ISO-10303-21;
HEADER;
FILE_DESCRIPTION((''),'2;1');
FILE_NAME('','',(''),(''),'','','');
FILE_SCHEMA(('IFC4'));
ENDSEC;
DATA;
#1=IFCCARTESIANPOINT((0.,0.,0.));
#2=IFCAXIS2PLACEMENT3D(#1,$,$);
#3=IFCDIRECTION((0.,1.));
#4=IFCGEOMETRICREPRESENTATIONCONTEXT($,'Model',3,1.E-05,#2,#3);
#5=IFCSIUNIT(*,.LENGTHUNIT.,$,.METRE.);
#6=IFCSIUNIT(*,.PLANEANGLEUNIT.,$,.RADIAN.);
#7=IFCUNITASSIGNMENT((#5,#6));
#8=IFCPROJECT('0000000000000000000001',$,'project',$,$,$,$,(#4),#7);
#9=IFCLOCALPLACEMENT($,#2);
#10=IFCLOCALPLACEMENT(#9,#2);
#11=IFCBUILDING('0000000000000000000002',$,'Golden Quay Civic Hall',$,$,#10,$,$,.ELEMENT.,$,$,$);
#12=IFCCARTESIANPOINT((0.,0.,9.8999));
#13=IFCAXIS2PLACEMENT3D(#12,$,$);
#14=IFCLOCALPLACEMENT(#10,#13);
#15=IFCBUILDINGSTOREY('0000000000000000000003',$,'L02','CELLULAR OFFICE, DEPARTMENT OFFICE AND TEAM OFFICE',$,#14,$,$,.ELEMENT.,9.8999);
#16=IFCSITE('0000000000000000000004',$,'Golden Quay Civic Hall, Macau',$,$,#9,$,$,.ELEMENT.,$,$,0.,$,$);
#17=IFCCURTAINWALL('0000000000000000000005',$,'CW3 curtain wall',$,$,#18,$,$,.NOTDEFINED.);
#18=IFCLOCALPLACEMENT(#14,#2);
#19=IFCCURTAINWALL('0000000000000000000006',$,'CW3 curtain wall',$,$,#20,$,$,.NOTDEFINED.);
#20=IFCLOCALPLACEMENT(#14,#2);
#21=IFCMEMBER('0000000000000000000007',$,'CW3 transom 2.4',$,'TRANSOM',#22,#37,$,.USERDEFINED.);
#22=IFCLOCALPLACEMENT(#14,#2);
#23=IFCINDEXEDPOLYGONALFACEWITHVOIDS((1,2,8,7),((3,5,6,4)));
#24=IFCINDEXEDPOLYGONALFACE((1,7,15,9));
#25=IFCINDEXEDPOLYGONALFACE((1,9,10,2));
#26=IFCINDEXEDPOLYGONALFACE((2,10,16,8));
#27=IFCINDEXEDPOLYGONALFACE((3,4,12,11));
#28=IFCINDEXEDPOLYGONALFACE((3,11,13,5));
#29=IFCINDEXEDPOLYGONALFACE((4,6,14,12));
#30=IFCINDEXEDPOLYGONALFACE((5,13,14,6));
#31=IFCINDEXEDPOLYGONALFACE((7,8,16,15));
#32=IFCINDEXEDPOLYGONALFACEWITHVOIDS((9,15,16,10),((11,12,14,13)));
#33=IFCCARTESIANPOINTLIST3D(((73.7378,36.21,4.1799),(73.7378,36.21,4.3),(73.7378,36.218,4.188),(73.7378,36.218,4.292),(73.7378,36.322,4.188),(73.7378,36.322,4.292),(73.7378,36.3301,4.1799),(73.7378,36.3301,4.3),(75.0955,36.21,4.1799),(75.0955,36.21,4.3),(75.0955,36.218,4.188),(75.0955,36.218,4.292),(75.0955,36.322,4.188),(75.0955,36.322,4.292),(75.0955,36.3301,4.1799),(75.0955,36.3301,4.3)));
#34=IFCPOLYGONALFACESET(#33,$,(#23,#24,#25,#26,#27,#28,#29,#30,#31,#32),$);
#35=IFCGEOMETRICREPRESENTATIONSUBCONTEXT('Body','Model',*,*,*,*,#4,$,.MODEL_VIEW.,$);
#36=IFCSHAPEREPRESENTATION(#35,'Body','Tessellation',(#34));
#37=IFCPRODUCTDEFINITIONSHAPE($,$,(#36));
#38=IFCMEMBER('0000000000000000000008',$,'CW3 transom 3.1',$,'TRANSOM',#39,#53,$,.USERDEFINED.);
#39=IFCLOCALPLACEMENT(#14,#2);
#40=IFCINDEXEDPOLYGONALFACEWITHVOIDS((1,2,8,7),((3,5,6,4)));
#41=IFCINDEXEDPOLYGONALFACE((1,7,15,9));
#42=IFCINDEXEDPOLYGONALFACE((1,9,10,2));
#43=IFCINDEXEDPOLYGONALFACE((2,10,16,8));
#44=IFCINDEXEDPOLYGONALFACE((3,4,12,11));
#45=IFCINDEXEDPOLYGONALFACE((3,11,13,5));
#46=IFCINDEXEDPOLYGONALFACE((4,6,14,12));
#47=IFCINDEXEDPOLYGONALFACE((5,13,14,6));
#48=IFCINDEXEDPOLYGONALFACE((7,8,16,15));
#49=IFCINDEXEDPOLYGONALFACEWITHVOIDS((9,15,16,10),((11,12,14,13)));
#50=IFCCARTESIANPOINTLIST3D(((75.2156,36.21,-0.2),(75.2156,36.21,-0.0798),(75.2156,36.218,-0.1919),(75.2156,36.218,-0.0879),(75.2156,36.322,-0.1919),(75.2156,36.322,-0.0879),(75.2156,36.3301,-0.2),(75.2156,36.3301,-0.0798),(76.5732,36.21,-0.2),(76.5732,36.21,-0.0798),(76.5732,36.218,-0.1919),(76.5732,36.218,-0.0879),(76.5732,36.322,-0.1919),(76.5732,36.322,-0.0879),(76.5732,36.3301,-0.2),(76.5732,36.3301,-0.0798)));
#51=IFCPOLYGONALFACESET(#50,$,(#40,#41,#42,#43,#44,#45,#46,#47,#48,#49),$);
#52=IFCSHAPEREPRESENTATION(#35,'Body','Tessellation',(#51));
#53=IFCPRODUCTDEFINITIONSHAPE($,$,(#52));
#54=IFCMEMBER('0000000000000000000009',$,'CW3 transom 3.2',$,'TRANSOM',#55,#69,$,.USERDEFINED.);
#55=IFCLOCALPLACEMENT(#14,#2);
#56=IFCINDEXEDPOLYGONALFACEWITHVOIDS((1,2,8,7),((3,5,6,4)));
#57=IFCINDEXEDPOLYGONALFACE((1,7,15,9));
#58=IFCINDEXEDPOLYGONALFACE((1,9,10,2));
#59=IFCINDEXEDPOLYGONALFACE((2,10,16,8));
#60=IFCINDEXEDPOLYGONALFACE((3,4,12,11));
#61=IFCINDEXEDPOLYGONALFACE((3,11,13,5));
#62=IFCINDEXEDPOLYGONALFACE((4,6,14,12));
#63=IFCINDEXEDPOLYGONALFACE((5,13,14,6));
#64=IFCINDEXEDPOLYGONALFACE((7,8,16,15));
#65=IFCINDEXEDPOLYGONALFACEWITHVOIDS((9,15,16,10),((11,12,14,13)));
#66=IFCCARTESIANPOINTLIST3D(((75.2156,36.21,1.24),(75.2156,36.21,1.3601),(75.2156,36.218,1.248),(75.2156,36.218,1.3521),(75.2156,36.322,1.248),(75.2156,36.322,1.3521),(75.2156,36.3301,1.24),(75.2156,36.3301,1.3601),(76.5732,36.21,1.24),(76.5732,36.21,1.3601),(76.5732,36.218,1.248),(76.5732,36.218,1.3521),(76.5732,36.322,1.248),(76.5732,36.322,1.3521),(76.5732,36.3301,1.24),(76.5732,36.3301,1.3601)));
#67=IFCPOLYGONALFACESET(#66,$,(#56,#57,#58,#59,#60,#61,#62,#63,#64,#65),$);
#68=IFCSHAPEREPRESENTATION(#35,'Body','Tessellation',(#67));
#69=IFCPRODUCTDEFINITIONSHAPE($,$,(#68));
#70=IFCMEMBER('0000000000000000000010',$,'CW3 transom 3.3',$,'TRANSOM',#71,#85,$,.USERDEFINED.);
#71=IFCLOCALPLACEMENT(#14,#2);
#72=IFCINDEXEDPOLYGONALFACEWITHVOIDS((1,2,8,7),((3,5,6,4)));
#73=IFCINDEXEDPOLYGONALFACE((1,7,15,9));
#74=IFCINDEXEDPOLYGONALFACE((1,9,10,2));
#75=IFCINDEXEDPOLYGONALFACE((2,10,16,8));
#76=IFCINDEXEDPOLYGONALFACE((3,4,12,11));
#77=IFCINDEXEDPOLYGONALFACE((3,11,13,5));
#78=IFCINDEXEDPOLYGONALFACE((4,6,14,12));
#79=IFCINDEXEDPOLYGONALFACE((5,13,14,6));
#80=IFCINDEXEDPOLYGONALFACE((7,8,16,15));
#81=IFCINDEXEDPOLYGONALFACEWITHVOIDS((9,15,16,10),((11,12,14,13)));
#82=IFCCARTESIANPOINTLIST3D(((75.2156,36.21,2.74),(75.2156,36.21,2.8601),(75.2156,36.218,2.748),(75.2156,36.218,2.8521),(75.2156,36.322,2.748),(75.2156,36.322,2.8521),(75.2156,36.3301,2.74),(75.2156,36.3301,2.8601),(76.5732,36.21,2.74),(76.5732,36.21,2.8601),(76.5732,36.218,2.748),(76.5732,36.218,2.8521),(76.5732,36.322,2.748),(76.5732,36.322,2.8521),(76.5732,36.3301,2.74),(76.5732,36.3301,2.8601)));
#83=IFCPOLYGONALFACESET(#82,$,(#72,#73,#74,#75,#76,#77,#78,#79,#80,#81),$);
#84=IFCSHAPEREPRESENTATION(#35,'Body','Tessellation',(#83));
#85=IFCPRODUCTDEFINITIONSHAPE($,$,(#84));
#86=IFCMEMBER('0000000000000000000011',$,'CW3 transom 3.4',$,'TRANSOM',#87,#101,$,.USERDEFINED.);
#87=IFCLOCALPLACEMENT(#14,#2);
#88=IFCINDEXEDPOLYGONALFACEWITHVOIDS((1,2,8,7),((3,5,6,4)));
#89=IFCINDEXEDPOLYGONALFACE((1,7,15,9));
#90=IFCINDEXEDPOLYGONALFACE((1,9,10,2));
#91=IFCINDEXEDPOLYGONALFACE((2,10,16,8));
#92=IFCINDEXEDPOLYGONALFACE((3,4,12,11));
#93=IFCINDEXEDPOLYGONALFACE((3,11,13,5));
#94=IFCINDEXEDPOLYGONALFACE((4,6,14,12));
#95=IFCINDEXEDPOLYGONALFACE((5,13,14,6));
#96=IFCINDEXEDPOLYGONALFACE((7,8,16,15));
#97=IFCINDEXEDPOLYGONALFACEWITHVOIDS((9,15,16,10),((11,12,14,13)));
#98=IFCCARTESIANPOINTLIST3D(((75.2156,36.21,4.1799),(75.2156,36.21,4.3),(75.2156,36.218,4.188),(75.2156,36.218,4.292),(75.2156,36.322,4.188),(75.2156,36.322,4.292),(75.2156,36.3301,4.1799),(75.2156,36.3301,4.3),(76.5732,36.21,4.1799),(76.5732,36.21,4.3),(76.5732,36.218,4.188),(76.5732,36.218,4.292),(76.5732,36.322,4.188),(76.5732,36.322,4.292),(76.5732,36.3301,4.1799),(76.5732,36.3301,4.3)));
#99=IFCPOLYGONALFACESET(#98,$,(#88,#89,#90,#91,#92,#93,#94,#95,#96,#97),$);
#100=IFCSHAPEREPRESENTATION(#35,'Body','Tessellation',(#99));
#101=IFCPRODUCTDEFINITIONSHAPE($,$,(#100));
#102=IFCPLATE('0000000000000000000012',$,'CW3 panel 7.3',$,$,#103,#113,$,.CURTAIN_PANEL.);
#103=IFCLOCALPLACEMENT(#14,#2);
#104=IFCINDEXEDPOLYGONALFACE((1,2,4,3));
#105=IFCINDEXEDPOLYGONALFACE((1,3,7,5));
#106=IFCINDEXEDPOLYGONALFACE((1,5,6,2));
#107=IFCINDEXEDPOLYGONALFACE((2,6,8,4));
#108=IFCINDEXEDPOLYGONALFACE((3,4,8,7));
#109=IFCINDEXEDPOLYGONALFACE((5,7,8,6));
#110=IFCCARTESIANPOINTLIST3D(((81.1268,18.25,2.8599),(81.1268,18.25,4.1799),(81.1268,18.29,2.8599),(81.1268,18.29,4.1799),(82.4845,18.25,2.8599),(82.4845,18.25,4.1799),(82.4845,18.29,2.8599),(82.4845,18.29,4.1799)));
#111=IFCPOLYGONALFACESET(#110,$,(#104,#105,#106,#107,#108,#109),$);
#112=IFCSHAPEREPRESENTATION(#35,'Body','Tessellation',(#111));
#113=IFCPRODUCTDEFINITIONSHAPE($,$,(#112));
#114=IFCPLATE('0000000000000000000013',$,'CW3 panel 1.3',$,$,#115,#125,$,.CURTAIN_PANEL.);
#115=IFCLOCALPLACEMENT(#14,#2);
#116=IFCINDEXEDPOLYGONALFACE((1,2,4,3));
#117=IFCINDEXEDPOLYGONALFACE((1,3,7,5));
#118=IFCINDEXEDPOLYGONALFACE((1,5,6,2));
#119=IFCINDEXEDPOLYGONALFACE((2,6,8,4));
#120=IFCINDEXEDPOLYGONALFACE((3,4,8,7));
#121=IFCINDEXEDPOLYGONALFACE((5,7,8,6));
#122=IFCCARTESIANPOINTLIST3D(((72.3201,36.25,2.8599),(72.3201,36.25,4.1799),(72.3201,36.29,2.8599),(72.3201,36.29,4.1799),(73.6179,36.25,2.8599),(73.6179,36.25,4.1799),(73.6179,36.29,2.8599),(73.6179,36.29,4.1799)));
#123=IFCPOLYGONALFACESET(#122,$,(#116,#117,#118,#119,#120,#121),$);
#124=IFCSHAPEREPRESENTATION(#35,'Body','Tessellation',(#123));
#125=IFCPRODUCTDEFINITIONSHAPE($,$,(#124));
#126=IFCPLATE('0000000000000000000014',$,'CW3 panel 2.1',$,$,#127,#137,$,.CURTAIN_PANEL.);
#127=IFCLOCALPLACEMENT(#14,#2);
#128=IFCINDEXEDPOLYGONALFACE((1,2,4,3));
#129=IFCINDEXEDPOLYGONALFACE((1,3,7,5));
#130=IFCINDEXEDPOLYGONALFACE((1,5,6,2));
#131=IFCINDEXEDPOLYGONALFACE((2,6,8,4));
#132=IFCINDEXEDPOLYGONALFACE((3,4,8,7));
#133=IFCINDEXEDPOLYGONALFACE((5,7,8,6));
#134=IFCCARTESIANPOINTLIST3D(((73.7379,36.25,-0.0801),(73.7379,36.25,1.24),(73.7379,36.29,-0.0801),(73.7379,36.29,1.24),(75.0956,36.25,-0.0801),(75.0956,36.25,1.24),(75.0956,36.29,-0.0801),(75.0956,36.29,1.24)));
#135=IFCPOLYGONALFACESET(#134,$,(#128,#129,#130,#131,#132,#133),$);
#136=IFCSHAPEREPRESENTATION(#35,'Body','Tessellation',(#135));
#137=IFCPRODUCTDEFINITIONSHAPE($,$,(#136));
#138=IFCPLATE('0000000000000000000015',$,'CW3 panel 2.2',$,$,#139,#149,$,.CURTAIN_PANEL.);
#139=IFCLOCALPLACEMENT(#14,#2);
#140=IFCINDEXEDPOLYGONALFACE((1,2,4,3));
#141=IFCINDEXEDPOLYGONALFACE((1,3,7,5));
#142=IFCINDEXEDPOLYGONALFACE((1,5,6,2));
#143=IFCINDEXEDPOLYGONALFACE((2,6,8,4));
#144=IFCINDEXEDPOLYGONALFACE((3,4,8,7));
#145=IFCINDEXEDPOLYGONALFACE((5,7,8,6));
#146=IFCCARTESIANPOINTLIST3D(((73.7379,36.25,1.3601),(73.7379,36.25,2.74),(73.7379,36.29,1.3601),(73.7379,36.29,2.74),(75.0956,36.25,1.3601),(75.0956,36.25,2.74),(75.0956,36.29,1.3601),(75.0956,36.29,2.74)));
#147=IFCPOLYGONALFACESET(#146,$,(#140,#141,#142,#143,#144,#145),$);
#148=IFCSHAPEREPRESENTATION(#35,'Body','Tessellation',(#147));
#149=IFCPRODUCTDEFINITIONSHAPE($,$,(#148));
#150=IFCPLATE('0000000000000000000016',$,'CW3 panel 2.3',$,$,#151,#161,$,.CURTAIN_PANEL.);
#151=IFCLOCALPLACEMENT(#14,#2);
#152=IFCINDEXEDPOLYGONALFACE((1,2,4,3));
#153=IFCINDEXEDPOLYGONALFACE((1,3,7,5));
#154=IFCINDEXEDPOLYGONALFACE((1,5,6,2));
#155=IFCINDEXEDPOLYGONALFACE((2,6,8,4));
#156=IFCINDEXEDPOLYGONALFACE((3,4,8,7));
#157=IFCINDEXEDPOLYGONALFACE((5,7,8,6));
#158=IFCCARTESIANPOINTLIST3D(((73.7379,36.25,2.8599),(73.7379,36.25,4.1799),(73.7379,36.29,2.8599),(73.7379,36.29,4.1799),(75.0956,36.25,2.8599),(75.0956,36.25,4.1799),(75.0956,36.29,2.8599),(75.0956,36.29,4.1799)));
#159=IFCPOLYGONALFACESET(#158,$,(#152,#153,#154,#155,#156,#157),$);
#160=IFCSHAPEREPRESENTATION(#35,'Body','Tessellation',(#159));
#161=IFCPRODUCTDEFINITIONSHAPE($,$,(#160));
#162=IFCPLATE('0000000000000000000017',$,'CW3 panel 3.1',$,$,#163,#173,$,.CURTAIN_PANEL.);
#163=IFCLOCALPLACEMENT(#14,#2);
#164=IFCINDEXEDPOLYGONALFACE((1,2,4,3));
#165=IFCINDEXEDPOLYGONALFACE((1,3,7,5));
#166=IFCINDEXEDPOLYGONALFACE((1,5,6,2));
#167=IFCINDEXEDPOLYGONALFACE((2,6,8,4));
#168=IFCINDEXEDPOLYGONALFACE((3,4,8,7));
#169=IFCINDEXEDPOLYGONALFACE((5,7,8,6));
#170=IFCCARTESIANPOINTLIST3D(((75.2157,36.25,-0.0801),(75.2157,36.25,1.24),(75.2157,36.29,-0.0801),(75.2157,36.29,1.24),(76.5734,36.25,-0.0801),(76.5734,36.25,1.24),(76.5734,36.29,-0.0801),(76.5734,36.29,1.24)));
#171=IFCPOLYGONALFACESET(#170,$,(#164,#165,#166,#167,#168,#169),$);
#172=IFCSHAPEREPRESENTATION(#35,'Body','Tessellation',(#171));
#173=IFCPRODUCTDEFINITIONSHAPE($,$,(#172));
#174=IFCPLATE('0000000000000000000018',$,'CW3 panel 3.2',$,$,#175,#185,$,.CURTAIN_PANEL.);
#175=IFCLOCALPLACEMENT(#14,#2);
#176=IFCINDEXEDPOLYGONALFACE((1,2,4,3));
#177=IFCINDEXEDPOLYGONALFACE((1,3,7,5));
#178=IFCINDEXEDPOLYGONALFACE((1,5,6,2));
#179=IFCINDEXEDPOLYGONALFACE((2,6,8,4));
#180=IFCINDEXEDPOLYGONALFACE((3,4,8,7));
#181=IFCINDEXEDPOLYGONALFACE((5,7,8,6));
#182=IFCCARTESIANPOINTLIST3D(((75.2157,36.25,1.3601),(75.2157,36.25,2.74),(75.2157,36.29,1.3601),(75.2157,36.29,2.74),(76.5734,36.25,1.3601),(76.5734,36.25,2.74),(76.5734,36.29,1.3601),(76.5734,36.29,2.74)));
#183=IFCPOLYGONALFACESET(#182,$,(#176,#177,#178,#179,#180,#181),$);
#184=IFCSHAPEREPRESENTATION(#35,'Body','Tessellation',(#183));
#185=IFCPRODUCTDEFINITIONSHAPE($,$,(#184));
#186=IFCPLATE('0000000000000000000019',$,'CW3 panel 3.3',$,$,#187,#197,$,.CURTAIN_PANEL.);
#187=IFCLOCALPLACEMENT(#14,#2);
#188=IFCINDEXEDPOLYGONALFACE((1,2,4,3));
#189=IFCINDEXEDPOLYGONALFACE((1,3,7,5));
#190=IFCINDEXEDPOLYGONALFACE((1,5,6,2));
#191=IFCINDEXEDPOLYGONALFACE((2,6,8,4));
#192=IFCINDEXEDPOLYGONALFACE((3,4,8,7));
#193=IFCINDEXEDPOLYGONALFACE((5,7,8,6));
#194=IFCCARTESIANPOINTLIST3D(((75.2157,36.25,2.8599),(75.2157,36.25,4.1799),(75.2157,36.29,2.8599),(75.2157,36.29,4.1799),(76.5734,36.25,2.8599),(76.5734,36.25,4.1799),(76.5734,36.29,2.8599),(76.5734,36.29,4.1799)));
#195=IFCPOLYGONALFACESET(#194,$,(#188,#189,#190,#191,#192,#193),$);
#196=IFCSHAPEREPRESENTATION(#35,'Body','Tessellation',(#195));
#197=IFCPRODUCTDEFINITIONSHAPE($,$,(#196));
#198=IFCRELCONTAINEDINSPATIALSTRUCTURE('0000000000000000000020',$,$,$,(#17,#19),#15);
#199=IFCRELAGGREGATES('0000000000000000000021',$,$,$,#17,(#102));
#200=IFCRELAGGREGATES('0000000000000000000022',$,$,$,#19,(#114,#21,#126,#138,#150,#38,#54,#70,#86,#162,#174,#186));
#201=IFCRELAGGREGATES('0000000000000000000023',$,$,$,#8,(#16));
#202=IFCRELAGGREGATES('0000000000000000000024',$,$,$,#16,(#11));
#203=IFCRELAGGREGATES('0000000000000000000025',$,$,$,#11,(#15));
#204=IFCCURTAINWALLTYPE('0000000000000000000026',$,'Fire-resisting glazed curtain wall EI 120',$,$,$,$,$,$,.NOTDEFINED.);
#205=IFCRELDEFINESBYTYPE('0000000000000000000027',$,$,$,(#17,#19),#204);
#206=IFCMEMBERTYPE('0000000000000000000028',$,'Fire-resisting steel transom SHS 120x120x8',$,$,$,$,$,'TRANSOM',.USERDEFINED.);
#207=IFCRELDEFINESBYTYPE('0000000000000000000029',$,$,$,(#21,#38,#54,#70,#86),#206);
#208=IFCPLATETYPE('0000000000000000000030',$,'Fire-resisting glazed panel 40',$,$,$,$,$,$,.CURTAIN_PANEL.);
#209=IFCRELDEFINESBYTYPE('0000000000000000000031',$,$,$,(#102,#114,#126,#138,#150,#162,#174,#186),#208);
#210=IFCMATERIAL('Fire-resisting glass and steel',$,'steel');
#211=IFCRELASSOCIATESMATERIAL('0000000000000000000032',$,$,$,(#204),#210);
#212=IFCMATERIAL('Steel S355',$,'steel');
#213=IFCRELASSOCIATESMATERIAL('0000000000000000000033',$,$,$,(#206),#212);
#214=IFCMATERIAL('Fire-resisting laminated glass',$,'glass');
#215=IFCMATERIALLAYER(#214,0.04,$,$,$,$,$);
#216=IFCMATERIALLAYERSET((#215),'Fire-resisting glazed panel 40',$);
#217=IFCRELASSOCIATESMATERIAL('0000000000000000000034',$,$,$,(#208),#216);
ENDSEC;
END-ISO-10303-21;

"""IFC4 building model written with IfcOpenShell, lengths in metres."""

from ifc_helpers import new_model, si_unit, direction, frame, origin, origin_2d, place, context, subcontext, project, spatial, rectangle, hollow_rectangle, extrude, material, layer, layer_set, material_profile, profile_set, type_object, element, aggregate, save


model = new_model("IFC4")

# Units and contexts
model_context = context("Model", 3, precision=1e-05, world=origin(), true_north=direction((0.0, 1.0)))
body_context = subcontext(model_context, "Body", "Model", "MODEL_VIEW")
ifc_project = project(units=[si_unit("LENGTHUNIT", "METRE"), si_unit("PLANEANGLEUNIT", "RADIAN")], contexts=[model_context])

# Site, building, storey
site_placement = place(None, origin())
site = spatial("IfcSite", under=ifc_project, at=site_placement, Name="Golden Quay Civic Hall, Macau", CompositionType="ELEMENT", RefElevation=0.0)
building_placement = place(site_placement, origin())
building = spatial("IfcBuilding", under=site, at=building_placement, Name="Golden Quay Civic Hall", CompositionType="ELEMENT")
storey_placement = place(building_placement, frame((0.0, 0.0, 9.8999)))
storey = spatial("IfcBuildingStorey", under=building, at=storey_placement, Name="L02", Description="CELLULAR OFFICE, DEPARTMENT OFFICE AND TEAM OFFICE", CompositionType="ELEMENT", Elevation=9.8999)

# Curtain wall
ifc_material_1 = material(Name="Fire-resisting glass and steel", Category="steel")
curtain_wall_type = type_object("IfcCurtainWallType", Name="Fire-resisting glazed curtain wall EI 120", PredefinedType="NOTDEFINED", material=ifc_material_1)
curtain_wall_1_placement = place(storey_placement, origin())
curtain_wall_1 = element("IfcCurtainWall", 1, at=curtain_wall_1_placement, inside=storey, type_object=curtain_wall_type, Name="CW3 curtain wall", PredefinedType="NOTDEFINED")

# Curtain wall
curtain_wall_2_placement = place(storey_placement, origin())
curtain_wall_2 = element("IfcCurtainWall", 2, at=curtain_wall_2_placement, inside=storey, type_object=curtain_wall_type, Name="CW3 curtain wall", PredefinedType="NOTDEFINED")

# Members
ifc_material_2 = material(Name="Steel S355", Category="steel")
ifc_material_profile_1 = material_profile(ifc_material_2, hollow_rectangle(XDim=0.1201, YDim=0.1201, WallThickness=0.0081, at=origin_2d()), Name="SHS 120x120x8")
ifc_profile_set_1 = profile_set([ifc_material_profile_1], Name="Steel S355")
member_type_1 = type_object("IfcMemberType", Name="Fire-resisting steel transom SHS 120x120x8", ElementType="TRANSOM", PredefinedType="USERDEFINED", material=ifc_profile_set_1)
member_1_placement = place(storey_placement, frame((73.7378, 36.27, 4.24), z_axis=(1.0, 0.0, 0.0), x_axis=(0.0, 1.0, 0.0)))
member_1 = element("IfcMember", 3, at=member_1_placement, type_object=member_type_1, Name="CW3 transom 2.4", ObjectType="TRANSOM", PredefinedType="USERDEFINED", context=body_context, shape_type="SweptSolid", body=[
    extrude(hollow_rectangle(XDim=0.1201, YDim=0.1201, WallThickness=0.0081, at=origin_2d()), origin(), (0.0, 0.0, 1.0), 1.3577),
])
member_2_placement = place(storey_placement, frame((75.2156, 36.27, -0.1399), z_axis=(1.0, 0.0, 0.0), x_axis=(0.0, 1.0, 0.0)))
member_2 = element("IfcMember", 4, at=member_2_placement, type_object=member_type_1, Name="CW3 transom 3.1", ObjectType="TRANSOM", PredefinedType="USERDEFINED", context=body_context, shape_type="SweptSolid", body=[
    extrude(hollow_rectangle(XDim=0.1201, YDim=0.1201, WallThickness=0.0081, at=origin_2d()), origin(), (0.0, 0.0, 1.0), 1.3577),
])
member_3_placement = place(storey_placement, frame((75.2156, 36.27, 1.3), z_axis=(1.0, 0.0, 0.0), x_axis=(0.0, 1.0, 0.0)))
member_3 = element("IfcMember", 5, at=member_3_placement, type_object=member_type_1, Name="CW3 transom 3.2", ObjectType="TRANSOM", PredefinedType="USERDEFINED", context=body_context, shape_type="SweptSolid", body=[
    extrude(hollow_rectangle(XDim=0.1201, YDim=0.1201, WallThickness=0.0081, at=origin_2d()), origin(), (0.0, 0.0, 1.0), 1.3577),
])
member_4_placement = place(storey_placement, frame((75.2156, 36.27, 2.8), z_axis=(1.0, 0.0, 0.0), x_axis=(0.0, 1.0, 0.0)))
member_4 = element("IfcMember", 6, at=member_4_placement, type_object=member_type_1, Name="CW3 transom 3.3", ObjectType="TRANSOM", PredefinedType="USERDEFINED", context=body_context, shape_type="SweptSolid", body=[
    extrude(hollow_rectangle(XDim=0.1201, YDim=0.1201, WallThickness=0.0081, at=origin_2d()), origin(), (0.0, 0.0, 1.0), 1.3577),
])
member_5_placement = place(storey_placement, frame((75.2156, 36.27, 4.24), z_axis=(1.0, 0.0, 0.0), x_axis=(0.0, 1.0, 0.0)))
member_5 = element("IfcMember", 7, at=member_5_placement, type_object=member_type_1, Name="CW3 transom 3.4", ObjectType="TRANSOM", PredefinedType="USERDEFINED", context=body_context, shape_type="SweptSolid", body=[
    extrude(hollow_rectangle(XDim=0.1201, YDim=0.1201, WallThickness=0.0081, at=origin_2d()), origin(), (0.0, 0.0, 1.0), 1.3577),
])

# Plates
ifc_material_3 = material(Name="Fire-resisting laminated glass", Category="glass")
ifc_layer = layer(ifc_material_3, 0.04)
ifc_layer_set = layer_set([ifc_layer], Name="Fire-resisting glazed panel 40")
plate_type = type_object("IfcPlateType", Name="Fire-resisting glazed panel 40", PredefinedType="CURTAIN_PANEL", material=ifc_layer_set)
plate_1_placement = place(storey_placement, frame((81.8057, 18.27, 2.8599), z_axis=(0.0, 0.0, 1.0), x_axis=(1.0, 0.0, 0.0)))
plate_1 = element("IfcPlate", 8, at=plate_1_placement, type_object=plate_type, Name="CW3 panel 7.3", PredefinedType="CURTAIN_PANEL", context=body_context, shape_type="SweptSolid", body=[
    extrude(rectangle(XDim=1.3577, YDim=0.04, at=origin_2d()), origin(), (0.0, 0.0, 1.0), 1.3201),
])
aggregate(curtain_wall_1, [plate_1])
plate_2_placement = place(storey_placement, frame((72.969, 36.27, 2.8599), z_axis=(0.0, 0.0, 1.0), x_axis=(1.0, 0.0, 0.0)))
plate_2 = element("IfcPlate", 9, at=plate_2_placement, type_object=plate_type, Name="CW3 panel 1.3", PredefinedType="CURTAIN_PANEL", context=body_context, shape_type="SweptSolid", body=[
    extrude(rectangle(XDim=1.2979, YDim=0.04, at=origin_2d()), origin(), (0.0, 0.0, 1.0), 1.3201),
])
plate_3_placement = place(storey_placement, frame((74.4167, 36.27, -0.0801), z_axis=(0.0, 0.0, 1.0), x_axis=(1.0, 0.0, 0.0)))
plate_3 = element("IfcPlate", 10, at=plate_3_placement, type_object=plate_type, Name="CW3 panel 2.1", PredefinedType="CURTAIN_PANEL", context=body_context, shape_type="SweptSolid", body=[
    extrude(rectangle(XDim=1.3577, YDim=0.04, at=origin_2d()), origin(), (0.0, 0.0, 1.0), 1.3201),
])
plate_4_placement = place(storey_placement, frame((74.4167, 36.27, 1.3601), z_axis=(0.0, 0.0, 1.0), x_axis=(1.0, 0.0, 0.0)))
plate_4 = element("IfcPlate", 11, at=plate_4_placement, type_object=plate_type, Name="CW3 panel 2.2", PredefinedType="CURTAIN_PANEL", context=body_context, shape_type="SweptSolid", body=[
    extrude(rectangle(XDim=1.3577, YDim=0.04, at=origin_2d()), origin(), (0.0, 0.0, 1.0), 1.3799),
])
plate_5_placement = place(storey_placement, frame((74.4167, 36.27, 2.8599), z_axis=(0.0, 0.0, 1.0), x_axis=(1.0, 0.0, 0.0)))
plate_5 = element("IfcPlate", 12, at=plate_5_placement, type_object=plate_type, Name="CW3 panel 2.3", PredefinedType="CURTAIN_PANEL", context=body_context, shape_type="SweptSolid", body=[
    extrude(rectangle(XDim=1.3577, YDim=0.04, at=origin_2d()), origin(), (0.0, 0.0, 1.0), 1.3201),
])
plate_6_placement = place(storey_placement, frame((75.8945, 36.27, -0.0801), z_axis=(0.0, 0.0, 1.0), x_axis=(1.0, 0.0, 0.0)))
plate_6 = element("IfcPlate", 13, at=plate_6_placement, type_object=plate_type, Name="CW3 panel 3.1", PredefinedType="CURTAIN_PANEL", context=body_context, shape_type="SweptSolid", body=[
    extrude(rectangle(XDim=1.3577, YDim=0.04, at=origin_2d()), origin(), (0.0, 0.0, 1.0), 1.3201),
])
plate_7_placement = place(storey_placement, frame((75.8945, 36.27, 1.3601), z_axis=(0.0, 0.0, 1.0), x_axis=(1.0, 0.0, 0.0)))
plate_7 = element("IfcPlate", 14, at=plate_7_placement, type_object=plate_type, Name="CW3 panel 3.2", PredefinedType="CURTAIN_PANEL", context=body_context, shape_type="SweptSolid", body=[
    extrude(rectangle(XDim=1.3577, YDim=0.04, at=origin_2d()), origin(), (0.0, 0.0, 1.0), 1.3799),
])
plate_8_placement = place(storey_placement, frame((75.8945, 36.27, 2.8599), z_axis=(0.0, 0.0, 1.0), x_axis=(1.0, 0.0, 0.0)))
plate_8 = element("IfcPlate", 15, at=plate_8_placement, type_object=plate_type, Name="CW3 panel 3.3", PredefinedType="CURTAIN_PANEL", context=body_context, shape_type="SweptSolid", body=[
    extrude(rectangle(XDim=1.3577, YDim=0.04, at=origin_2d()), origin(), (0.0, 0.0, 1.0), 1.3201),
])
aggregate(curtain_wall_2, [plate_2, member_1, plate_3, plate_4, plate_5, member_2, member_3, member_4, member_5, plate_6, plate_7, plate_8])

save(model, "model.ifc")
